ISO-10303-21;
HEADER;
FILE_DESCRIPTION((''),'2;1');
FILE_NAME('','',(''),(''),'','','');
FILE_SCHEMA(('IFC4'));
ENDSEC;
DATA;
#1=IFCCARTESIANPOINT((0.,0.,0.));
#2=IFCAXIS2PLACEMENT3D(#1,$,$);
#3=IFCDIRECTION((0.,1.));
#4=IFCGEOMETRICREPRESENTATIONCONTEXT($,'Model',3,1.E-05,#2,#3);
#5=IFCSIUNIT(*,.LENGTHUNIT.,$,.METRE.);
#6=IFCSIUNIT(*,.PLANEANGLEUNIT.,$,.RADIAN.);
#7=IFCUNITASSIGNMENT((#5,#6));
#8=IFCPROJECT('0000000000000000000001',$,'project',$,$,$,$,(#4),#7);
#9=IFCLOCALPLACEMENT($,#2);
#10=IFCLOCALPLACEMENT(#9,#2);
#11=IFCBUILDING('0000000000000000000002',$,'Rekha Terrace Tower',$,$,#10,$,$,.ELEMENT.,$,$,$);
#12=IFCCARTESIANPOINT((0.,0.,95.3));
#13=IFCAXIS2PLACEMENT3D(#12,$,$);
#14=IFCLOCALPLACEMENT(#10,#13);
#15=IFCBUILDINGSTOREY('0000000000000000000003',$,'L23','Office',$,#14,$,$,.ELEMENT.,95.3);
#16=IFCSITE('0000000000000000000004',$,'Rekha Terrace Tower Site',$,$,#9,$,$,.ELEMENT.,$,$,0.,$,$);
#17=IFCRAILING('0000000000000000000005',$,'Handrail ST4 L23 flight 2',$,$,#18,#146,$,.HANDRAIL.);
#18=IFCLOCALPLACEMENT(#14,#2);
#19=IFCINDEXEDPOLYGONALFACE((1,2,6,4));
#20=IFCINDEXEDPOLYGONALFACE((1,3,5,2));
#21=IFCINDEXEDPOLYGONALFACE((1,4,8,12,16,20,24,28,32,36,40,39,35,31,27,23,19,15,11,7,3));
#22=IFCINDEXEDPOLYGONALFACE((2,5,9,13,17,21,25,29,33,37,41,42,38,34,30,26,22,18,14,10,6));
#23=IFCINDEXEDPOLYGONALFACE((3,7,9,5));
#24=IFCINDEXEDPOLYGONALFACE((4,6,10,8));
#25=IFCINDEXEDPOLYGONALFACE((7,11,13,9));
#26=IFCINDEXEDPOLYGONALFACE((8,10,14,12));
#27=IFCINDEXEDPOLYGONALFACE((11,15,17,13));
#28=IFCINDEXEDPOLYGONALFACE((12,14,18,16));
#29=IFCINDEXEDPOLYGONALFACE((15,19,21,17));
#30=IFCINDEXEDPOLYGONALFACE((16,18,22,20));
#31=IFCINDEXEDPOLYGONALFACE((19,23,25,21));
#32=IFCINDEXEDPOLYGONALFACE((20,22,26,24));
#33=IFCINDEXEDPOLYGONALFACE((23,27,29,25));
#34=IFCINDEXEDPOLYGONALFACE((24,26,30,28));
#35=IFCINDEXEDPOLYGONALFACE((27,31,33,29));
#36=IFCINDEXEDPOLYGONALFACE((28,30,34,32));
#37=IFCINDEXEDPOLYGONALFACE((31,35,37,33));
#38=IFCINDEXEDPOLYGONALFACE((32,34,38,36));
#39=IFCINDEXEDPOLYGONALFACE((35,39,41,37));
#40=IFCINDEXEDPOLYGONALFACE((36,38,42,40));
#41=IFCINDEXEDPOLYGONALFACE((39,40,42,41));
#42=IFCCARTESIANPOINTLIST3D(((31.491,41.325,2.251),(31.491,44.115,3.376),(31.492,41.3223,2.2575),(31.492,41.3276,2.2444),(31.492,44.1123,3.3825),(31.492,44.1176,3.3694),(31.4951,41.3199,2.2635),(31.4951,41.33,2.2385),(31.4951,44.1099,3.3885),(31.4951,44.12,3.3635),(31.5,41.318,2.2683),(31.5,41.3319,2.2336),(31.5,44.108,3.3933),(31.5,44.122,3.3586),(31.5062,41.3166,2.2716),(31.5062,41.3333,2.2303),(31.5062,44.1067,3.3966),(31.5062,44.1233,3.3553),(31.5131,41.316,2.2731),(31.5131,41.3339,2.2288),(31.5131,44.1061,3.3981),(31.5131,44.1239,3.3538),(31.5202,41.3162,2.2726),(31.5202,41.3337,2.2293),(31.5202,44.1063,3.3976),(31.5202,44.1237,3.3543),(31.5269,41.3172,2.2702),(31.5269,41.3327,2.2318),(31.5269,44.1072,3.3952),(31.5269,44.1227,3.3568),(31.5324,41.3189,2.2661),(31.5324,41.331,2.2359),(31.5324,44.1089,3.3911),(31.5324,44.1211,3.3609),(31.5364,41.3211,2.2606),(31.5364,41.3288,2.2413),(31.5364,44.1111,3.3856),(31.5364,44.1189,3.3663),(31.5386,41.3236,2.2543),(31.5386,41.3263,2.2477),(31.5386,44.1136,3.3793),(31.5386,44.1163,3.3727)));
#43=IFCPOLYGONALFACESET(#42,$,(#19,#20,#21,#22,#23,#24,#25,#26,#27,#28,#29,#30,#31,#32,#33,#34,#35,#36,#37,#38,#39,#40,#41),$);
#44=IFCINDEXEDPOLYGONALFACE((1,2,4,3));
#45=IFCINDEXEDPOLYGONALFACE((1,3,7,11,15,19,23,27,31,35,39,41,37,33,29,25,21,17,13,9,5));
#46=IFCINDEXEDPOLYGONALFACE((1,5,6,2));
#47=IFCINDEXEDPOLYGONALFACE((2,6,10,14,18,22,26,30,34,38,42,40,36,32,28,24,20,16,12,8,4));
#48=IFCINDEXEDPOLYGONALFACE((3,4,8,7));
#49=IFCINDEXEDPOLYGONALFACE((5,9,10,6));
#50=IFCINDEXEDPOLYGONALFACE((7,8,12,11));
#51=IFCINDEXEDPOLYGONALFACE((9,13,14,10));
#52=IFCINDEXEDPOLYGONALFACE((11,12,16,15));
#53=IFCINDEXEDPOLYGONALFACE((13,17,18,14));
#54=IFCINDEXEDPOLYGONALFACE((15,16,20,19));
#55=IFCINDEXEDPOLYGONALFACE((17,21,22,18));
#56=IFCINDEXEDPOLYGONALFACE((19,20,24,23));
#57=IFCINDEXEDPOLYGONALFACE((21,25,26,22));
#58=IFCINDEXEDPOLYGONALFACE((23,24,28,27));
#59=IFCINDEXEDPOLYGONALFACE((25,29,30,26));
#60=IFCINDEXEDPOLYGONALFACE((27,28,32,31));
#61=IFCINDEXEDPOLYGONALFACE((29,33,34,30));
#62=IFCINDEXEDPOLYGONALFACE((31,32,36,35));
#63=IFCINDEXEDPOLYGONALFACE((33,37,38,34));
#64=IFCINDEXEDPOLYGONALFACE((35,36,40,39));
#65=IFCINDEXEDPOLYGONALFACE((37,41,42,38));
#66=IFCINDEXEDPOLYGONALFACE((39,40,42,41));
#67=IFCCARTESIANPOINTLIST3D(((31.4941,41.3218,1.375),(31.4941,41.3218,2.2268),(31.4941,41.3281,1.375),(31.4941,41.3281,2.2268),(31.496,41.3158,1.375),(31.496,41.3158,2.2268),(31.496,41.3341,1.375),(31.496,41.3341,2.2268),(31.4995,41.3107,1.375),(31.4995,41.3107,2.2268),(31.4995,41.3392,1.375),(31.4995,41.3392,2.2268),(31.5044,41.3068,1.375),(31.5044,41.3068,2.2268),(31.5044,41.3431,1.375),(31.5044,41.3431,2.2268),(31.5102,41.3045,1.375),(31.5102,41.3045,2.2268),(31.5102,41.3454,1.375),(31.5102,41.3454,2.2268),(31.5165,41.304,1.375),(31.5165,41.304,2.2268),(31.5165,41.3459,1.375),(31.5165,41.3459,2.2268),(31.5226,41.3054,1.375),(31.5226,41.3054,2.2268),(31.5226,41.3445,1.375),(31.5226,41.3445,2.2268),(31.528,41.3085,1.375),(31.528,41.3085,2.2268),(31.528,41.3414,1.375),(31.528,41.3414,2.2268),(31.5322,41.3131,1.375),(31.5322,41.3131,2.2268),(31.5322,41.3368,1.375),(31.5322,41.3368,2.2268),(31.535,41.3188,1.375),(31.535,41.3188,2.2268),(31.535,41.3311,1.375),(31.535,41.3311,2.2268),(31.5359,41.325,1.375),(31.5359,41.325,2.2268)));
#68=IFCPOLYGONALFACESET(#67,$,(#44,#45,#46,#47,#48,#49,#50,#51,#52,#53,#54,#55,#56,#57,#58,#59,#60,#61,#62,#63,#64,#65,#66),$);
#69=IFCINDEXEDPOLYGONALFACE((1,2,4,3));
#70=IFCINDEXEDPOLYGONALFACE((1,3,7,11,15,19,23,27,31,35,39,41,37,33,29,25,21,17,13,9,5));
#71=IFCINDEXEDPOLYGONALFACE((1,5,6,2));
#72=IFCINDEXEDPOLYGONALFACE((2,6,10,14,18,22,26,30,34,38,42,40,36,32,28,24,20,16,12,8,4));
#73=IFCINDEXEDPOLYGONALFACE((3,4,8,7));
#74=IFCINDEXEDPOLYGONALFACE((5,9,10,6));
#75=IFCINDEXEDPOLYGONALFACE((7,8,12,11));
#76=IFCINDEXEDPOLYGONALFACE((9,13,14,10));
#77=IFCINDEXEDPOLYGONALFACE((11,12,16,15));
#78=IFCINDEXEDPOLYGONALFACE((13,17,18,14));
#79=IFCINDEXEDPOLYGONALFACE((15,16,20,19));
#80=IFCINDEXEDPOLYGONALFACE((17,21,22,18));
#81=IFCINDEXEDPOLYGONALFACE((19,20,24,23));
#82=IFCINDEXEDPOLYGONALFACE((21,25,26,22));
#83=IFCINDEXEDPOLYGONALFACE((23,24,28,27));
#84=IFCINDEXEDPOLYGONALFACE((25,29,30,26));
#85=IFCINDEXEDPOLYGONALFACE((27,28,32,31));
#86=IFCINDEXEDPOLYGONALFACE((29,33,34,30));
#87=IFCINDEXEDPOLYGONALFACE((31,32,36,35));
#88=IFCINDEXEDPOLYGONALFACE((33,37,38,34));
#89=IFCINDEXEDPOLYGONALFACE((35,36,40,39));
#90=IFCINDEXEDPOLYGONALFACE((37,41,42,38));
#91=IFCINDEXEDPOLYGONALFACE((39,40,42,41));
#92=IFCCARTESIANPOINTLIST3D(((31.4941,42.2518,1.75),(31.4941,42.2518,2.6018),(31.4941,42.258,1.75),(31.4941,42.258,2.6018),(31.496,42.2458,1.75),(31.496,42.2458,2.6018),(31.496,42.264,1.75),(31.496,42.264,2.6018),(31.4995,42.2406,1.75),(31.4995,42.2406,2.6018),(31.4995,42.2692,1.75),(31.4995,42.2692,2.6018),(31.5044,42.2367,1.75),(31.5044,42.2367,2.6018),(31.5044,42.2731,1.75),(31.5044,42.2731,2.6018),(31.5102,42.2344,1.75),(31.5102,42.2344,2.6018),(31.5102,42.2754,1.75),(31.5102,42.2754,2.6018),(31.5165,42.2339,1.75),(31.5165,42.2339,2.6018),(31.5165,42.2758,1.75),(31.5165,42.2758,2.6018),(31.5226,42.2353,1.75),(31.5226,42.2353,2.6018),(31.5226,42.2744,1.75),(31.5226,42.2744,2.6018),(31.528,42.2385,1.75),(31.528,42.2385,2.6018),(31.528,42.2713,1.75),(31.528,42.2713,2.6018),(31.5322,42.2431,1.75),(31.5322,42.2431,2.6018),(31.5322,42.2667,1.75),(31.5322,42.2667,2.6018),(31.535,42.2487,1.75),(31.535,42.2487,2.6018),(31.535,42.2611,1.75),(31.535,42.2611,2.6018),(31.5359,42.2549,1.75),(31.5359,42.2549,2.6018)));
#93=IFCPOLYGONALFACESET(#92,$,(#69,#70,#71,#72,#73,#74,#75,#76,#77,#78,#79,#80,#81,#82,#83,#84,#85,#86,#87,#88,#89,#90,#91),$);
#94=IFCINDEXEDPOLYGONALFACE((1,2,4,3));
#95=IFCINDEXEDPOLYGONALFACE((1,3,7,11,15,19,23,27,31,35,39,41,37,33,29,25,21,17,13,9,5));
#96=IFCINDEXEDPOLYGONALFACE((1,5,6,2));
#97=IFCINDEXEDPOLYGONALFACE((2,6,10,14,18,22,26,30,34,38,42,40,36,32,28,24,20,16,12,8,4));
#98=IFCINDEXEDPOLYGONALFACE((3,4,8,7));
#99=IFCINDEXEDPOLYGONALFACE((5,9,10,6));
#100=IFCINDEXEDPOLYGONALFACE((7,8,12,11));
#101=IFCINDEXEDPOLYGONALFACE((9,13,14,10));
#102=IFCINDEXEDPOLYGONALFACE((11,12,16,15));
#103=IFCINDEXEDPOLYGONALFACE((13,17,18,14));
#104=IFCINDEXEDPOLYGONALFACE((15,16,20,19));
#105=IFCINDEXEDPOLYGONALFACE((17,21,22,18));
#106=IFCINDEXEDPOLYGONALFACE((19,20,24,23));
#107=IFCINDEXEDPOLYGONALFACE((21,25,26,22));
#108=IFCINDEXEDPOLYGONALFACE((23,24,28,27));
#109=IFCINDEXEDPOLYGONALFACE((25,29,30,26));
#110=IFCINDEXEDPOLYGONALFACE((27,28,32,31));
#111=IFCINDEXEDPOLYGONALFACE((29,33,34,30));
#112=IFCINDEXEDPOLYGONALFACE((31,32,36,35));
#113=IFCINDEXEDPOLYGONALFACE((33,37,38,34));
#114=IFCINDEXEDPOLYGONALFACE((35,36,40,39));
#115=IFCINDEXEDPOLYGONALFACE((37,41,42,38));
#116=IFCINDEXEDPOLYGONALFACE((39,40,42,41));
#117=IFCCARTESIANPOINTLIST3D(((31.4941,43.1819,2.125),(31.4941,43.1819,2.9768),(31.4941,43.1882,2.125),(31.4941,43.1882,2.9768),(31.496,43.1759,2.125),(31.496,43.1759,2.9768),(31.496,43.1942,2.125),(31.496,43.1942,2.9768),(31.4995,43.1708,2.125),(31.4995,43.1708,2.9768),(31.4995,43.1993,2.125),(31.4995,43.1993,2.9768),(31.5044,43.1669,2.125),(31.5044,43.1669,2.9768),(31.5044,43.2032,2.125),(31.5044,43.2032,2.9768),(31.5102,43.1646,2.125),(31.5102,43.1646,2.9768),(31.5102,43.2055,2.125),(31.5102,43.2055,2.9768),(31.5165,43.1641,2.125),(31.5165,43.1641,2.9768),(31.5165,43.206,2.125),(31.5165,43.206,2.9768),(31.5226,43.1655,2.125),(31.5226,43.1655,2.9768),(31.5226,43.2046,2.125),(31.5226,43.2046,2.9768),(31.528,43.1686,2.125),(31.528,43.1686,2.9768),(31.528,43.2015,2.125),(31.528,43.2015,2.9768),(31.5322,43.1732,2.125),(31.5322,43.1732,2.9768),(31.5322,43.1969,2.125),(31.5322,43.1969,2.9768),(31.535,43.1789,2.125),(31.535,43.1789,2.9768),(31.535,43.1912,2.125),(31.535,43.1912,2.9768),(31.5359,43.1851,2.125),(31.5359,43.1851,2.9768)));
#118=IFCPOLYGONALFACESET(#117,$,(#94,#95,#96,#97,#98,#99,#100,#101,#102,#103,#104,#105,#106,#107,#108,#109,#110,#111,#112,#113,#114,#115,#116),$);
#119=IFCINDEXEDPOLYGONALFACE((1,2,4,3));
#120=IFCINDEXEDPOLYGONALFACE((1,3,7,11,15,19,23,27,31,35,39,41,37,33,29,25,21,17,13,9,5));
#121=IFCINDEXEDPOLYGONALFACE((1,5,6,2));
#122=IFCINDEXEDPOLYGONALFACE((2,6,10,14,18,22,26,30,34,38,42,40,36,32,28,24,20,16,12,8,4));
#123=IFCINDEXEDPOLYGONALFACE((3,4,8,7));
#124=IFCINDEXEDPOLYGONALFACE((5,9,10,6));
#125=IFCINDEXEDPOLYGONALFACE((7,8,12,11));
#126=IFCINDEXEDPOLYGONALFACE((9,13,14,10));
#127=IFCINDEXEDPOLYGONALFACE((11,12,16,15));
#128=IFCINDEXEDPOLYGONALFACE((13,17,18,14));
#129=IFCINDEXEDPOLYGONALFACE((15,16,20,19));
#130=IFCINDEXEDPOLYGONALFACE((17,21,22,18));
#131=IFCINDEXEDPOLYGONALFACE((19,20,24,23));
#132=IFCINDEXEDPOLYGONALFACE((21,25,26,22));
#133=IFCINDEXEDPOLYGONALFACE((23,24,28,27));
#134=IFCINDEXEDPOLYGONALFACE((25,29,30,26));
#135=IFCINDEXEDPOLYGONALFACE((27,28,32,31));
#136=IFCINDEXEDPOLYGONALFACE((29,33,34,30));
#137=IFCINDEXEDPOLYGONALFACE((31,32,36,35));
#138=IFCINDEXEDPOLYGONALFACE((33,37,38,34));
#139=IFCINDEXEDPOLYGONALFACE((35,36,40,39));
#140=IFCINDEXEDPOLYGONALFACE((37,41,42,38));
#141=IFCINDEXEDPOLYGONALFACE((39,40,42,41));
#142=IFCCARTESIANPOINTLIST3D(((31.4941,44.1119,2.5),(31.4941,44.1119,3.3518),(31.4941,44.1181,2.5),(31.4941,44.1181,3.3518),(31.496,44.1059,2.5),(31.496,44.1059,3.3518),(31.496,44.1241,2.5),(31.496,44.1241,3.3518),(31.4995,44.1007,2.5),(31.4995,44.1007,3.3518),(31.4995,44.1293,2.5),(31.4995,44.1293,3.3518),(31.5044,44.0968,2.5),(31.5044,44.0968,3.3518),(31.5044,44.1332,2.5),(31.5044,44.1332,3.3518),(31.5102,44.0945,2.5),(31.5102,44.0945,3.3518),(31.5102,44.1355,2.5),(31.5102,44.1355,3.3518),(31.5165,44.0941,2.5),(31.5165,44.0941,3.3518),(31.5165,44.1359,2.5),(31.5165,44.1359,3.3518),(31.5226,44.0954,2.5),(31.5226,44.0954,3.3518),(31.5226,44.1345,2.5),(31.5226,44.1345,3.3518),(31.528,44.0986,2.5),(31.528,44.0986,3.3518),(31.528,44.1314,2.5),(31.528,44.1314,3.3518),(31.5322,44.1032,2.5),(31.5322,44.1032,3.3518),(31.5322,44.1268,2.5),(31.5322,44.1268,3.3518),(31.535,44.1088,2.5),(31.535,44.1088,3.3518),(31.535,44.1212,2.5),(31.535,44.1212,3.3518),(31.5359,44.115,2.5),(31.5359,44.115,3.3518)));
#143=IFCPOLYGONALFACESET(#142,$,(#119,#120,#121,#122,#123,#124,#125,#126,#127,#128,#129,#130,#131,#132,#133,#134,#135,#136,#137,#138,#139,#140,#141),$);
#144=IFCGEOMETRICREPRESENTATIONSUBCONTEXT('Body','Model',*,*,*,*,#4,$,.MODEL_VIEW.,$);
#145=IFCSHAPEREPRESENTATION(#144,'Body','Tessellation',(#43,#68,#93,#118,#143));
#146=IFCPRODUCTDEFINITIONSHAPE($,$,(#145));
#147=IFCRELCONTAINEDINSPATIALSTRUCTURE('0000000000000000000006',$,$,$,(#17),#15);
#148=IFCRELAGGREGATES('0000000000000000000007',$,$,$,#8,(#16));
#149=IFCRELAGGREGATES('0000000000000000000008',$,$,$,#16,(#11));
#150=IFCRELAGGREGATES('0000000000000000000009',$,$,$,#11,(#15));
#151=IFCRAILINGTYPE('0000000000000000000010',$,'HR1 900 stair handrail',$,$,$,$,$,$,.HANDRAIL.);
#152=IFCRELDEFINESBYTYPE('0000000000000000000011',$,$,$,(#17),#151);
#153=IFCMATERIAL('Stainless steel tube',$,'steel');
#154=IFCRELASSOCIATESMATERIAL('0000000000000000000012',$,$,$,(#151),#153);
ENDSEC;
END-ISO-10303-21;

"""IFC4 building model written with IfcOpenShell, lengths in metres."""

from ifc_helpers import new_model, si_unit, direction, frame, origin, origin_2d, place, context, subcontext, project, spatial, circle, extrude, material, type_object, element, save


model = new_model("IFC4")

# Units and contexts
model_context = context("Model", 3, precision=1e-05, world=origin(), true_north=direction((0.0, 1.0)))
body_context = subcontext(model_context, "Body", "Model", "MODEL_VIEW")
ifc_project = project(units=[si_unit("LENGTHUNIT", "METRE"), si_unit("PLANEANGLEUNIT", "RADIAN")], contexts=[model_context])

# Site, building, storey
site_placement = place(None, origin())
site = spatial("IfcSite", under=ifc_project, at=site_placement, Name="Rekha Terrace Tower Site", CompositionType="ELEMENT", RefElevation=0.0)
building_placement = place(site_placement, origin())
building = spatial("IfcBuilding", under=site, at=building_placement, Name="Rekha Terrace Tower", CompositionType="ELEMENT")
storey_placement = place(building_placement, frame((0.0, 0.0, 95.3)))
storey = spatial("IfcBuildingStorey", under=building, at=storey_placement, Name="L23", Description="Office", CompositionType="ELEMENT", Elevation=95.3)

# Railing
ifc_material_1 = material(Name="Stainless steel tube", Category="steel")
railing_type_1 = type_object("IfcRailingType", Name="HR1 900 stair handrail", PredefinedType="HANDRAIL", material=ifc_material_1)
railing_1_placement = place(storey_placement, frame((31.5149, 41.325, 1.375)))
element("IfcRailing", 1, at=railing_1_placement, inside=storey, type_object=railing_type_1, Name="Handrail ST4 L23 flight 2", PredefinedType="HANDRAIL", context=body_context, shape_type="SweptSolid", body=[
    extrude(circle(Radius=0.0239, at=origin_2d()), frame((0.0, 0.0, 0.876), z_axis=(0.0, 0.927443, 0.373964), x_axis=(-1.0, 0.0, 0.0)), (0.0, 0.0, 1.0), 3.0083),
    extrude(circle(Radius=0.021, at=origin_2d()), origin(), (0.0, 0.0, 1.0), 0.8518),
    extrude(circle(Radius=0.021, at=origin_2d()), frame((0.0, 0.9299, 0.375)), (0.0, 0.0, 1.0), 0.8518),
    extrude(circle(Radius=0.021, at=origin_2d()), frame((0.0, 1.8601, 0.75)), (0.0, 0.0, 1.0), 0.8518),
    extrude(circle(Radius=0.021, at=origin_2d()), frame((0.0, 2.79, 1.125)), (0.0, 0.0, 1.0), 0.8518),
])

save(model, "model.ifc")
